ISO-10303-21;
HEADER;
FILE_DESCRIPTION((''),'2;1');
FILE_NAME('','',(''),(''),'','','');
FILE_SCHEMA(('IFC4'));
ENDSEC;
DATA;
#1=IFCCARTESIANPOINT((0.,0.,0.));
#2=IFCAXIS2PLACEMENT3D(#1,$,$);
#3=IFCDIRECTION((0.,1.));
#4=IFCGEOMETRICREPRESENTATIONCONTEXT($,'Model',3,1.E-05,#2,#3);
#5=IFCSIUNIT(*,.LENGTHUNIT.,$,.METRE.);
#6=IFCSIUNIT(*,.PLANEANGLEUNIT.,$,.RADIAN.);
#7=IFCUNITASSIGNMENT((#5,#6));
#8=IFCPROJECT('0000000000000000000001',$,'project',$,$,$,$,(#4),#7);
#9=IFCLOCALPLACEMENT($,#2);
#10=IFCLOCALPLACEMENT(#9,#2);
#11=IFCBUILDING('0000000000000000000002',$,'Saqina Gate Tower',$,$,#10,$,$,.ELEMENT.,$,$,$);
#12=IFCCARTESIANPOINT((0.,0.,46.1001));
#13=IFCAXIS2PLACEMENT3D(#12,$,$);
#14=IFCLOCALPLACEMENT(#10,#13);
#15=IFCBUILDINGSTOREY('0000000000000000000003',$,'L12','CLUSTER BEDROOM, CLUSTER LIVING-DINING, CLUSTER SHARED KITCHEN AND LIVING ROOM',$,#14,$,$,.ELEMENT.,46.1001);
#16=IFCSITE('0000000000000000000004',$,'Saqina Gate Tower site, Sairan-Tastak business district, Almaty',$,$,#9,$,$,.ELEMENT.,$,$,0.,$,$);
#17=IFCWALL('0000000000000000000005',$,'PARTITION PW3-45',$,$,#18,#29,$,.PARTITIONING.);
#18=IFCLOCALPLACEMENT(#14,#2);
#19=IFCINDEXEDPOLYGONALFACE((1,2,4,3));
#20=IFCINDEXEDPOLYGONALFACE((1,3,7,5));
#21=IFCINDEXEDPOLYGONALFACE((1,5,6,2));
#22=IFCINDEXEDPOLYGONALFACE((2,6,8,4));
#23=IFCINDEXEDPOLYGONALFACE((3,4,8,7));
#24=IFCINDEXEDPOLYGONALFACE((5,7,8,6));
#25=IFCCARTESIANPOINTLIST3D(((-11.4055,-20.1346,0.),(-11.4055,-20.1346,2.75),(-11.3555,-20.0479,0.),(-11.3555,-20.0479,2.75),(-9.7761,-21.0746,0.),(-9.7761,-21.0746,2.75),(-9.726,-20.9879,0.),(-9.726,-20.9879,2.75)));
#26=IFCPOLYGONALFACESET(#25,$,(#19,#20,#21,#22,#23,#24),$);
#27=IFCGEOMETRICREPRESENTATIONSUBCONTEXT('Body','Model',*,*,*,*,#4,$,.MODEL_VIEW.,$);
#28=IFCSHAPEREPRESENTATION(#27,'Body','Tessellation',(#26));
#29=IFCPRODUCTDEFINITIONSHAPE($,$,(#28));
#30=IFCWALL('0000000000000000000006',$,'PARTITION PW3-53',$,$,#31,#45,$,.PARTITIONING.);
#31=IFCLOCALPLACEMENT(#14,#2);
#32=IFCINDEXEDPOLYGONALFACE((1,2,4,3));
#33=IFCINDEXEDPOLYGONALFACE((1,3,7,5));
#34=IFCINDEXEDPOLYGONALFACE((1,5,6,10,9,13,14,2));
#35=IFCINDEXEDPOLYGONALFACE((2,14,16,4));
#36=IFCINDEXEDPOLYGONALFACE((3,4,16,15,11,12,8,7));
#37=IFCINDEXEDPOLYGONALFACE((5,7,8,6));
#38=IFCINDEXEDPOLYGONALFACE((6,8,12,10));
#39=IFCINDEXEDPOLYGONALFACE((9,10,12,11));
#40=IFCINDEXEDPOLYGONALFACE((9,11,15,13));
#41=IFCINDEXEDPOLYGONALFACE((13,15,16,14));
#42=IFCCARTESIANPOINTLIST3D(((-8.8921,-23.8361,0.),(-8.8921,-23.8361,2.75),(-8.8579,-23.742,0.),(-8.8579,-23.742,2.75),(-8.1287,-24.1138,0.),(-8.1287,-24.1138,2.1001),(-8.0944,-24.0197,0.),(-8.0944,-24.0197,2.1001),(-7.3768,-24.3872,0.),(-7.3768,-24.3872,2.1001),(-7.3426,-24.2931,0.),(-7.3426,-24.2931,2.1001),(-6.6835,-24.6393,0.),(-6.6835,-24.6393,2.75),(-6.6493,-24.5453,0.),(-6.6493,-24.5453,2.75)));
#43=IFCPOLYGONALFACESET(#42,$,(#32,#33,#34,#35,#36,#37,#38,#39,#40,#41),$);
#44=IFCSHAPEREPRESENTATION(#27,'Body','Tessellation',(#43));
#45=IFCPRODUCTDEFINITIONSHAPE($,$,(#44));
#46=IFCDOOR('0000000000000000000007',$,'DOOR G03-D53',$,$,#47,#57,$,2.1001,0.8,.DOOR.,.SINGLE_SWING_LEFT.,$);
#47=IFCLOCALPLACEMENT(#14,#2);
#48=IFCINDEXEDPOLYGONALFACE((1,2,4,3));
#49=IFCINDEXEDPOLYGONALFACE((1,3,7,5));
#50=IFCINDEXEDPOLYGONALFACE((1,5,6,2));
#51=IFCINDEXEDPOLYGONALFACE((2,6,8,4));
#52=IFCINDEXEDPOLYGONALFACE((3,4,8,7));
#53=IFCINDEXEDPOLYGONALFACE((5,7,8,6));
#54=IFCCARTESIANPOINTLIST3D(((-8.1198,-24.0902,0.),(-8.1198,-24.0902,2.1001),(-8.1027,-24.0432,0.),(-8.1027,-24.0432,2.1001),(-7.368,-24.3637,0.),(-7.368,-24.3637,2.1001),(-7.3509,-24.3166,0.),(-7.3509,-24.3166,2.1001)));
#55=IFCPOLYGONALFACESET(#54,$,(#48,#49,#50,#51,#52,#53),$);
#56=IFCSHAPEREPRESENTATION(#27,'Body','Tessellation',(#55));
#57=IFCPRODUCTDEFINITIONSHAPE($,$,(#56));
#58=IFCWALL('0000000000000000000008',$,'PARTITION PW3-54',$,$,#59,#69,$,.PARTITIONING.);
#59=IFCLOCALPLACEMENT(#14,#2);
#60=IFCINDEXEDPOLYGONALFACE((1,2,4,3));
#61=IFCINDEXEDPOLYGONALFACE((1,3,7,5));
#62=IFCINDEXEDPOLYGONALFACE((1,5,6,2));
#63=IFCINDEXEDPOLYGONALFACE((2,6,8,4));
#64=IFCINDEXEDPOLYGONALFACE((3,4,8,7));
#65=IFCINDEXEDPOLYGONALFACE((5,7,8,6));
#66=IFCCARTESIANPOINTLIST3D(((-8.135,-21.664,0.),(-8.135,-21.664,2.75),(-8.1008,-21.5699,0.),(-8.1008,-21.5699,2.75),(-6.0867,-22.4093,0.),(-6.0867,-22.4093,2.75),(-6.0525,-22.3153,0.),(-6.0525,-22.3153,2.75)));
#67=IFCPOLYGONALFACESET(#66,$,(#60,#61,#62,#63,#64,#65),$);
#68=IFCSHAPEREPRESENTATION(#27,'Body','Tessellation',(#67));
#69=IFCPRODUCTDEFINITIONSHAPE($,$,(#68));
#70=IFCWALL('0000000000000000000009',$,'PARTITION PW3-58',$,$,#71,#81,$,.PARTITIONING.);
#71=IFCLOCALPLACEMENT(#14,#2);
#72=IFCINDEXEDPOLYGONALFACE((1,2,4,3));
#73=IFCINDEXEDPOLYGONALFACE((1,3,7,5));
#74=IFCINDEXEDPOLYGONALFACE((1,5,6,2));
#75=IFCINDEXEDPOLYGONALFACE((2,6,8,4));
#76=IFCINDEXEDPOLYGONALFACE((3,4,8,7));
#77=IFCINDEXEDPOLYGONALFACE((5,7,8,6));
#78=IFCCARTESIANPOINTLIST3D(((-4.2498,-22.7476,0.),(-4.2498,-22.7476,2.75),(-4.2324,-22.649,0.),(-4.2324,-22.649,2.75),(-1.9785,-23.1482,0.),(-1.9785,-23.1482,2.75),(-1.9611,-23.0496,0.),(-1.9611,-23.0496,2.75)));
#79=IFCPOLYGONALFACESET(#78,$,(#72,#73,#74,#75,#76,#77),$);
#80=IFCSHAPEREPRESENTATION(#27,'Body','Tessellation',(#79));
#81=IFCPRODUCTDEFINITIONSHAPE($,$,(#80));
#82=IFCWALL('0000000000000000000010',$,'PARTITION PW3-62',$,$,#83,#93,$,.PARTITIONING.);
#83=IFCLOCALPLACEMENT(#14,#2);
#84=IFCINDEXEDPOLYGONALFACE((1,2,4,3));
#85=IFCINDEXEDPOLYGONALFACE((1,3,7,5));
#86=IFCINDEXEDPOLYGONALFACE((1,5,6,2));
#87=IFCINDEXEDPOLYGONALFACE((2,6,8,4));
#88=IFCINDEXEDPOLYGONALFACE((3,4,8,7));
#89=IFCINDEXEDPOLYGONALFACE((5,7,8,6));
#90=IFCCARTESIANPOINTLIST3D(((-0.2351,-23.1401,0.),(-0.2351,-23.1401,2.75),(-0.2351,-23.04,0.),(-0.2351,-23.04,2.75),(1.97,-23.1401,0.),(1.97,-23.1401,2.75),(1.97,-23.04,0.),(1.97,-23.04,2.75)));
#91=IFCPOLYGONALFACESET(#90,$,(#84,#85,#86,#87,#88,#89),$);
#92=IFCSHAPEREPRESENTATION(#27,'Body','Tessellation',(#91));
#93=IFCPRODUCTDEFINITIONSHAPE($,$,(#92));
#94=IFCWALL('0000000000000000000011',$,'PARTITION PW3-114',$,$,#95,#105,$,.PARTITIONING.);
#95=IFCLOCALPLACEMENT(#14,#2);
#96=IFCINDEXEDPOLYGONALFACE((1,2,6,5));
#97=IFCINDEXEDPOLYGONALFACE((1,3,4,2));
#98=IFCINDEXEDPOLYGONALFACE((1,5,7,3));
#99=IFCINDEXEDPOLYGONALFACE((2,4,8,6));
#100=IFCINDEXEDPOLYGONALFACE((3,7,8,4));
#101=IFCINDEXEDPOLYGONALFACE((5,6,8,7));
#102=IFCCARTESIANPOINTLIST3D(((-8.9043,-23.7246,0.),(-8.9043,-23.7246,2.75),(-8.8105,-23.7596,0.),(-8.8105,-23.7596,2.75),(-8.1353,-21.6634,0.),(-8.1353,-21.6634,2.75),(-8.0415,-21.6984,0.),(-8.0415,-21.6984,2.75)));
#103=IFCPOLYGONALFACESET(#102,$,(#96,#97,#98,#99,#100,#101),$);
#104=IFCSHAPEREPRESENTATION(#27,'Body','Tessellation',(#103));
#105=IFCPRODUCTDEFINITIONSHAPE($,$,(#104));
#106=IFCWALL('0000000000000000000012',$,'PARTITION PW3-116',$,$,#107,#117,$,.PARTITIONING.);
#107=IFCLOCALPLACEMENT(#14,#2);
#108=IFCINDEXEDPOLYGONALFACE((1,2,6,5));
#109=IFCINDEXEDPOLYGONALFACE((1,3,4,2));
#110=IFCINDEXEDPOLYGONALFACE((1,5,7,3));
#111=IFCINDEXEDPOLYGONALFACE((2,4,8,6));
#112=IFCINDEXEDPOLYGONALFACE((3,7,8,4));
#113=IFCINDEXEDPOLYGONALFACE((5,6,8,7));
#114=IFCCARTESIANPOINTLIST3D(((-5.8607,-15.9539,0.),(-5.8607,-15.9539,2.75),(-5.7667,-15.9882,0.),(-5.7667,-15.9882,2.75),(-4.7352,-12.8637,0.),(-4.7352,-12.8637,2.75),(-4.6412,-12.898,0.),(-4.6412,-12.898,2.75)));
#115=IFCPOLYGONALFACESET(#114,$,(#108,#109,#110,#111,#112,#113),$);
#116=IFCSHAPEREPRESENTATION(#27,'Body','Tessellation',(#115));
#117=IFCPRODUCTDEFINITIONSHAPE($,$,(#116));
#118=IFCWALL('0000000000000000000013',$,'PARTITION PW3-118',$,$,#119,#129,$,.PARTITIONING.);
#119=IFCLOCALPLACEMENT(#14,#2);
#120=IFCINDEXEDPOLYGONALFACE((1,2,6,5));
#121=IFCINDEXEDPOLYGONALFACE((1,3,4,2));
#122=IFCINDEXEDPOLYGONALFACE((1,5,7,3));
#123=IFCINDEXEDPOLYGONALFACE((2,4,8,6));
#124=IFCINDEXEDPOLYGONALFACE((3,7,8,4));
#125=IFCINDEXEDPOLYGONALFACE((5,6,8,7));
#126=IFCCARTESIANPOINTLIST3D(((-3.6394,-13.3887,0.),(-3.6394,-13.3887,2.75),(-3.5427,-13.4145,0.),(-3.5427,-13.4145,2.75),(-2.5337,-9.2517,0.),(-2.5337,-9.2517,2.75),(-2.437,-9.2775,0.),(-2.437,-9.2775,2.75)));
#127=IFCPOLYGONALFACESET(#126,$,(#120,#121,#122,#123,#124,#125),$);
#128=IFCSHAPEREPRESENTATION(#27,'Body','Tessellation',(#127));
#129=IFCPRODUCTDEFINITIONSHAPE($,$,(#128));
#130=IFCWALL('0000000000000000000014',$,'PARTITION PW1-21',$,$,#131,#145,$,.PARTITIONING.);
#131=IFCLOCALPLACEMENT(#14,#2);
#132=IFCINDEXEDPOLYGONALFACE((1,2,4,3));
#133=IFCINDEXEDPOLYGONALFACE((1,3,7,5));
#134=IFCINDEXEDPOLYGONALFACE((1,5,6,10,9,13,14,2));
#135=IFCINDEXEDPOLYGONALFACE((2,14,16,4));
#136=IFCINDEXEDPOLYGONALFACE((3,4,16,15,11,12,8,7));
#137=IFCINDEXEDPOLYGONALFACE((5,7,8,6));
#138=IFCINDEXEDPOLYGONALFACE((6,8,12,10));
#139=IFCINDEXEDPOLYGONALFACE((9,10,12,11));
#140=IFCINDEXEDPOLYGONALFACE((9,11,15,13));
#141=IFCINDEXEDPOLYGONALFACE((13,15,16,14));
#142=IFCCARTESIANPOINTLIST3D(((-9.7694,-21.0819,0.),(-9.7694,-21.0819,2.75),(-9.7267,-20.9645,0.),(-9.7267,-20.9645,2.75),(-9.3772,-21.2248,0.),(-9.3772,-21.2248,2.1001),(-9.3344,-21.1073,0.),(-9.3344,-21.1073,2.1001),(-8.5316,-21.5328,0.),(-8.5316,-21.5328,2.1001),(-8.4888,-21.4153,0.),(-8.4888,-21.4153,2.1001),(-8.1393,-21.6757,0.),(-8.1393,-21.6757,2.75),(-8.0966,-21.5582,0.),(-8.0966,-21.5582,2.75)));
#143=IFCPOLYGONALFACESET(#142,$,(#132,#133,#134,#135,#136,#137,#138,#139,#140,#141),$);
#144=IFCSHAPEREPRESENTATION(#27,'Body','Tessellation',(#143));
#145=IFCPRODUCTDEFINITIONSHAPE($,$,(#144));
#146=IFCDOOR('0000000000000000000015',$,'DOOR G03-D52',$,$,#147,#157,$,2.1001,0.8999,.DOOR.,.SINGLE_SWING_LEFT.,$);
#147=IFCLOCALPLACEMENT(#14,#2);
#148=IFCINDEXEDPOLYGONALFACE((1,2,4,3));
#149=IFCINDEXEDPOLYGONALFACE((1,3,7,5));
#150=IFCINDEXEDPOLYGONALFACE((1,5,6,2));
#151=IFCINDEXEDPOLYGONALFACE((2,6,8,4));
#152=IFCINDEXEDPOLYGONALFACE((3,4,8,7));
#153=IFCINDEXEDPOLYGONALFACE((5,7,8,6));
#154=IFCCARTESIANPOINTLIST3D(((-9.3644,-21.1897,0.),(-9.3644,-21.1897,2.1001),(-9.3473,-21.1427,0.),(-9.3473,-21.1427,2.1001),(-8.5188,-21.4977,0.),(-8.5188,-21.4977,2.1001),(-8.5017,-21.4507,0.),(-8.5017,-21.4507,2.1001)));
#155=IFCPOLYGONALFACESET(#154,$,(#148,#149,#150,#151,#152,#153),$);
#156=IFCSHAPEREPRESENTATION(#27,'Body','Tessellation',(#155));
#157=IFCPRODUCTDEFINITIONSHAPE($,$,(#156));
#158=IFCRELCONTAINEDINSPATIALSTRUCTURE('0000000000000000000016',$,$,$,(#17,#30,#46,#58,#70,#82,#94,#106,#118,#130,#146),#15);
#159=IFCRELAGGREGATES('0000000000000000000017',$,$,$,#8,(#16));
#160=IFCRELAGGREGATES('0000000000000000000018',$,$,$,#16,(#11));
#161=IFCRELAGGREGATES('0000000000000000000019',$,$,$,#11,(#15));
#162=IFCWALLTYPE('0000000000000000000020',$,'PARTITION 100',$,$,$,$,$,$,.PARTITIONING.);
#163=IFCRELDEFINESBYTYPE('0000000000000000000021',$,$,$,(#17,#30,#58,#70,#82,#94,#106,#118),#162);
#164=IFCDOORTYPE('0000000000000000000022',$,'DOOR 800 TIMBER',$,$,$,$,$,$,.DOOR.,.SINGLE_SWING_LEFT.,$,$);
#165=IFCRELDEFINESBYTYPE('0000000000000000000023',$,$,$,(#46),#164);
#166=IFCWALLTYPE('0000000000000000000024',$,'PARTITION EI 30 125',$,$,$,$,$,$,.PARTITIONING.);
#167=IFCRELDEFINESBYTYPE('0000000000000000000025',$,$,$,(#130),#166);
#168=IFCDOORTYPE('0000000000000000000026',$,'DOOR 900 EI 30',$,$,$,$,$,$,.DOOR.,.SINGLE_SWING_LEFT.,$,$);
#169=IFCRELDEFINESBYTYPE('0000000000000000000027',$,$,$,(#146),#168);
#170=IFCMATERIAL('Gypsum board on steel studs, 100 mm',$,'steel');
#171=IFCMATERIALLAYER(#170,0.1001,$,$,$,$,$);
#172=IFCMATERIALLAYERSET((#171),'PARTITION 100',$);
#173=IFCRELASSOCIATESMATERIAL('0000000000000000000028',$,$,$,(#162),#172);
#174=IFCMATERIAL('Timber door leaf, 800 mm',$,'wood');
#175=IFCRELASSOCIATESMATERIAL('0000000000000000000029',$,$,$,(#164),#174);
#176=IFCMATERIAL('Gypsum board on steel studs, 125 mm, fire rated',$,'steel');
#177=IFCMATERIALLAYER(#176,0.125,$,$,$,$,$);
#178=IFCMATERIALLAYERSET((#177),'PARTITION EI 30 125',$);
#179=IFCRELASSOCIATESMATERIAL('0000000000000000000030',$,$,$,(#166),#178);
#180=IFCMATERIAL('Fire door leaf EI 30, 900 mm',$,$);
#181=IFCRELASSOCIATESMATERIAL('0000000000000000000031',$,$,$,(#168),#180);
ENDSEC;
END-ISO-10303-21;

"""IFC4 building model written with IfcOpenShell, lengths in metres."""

from ifc_helpers import new_model, si_unit, direction, frame, frame_2d, origin, place, context, subcontext, project, spatial, rectangle, extrude, material, layer, layer_set, type_object, element, fill, save


model = new_model("IFC4")

# Units and contexts
model_context = context("Model", 3, precision=1e-05, world=origin(), true_north=direction((0.0, 1.0)))
body_context = subcontext(model_context, "Body", "Model", "MODEL_VIEW")
ifc_project = project(units=[si_unit("LENGTHUNIT", "METRE"), si_unit("PLANEANGLEUNIT", "RADIAN")], contexts=[model_context])

# Site, building, storey
site_placement = place(None, origin())
site = spatial("IfcSite", under=ifc_project, at=site_placement, Name="Saqina Gate Tower site, Sairan-Tastak business district, Almaty", CompositionType="ELEMENT", RefElevation=0.0)
building_placement = place(site_placement, origin())
building = spatial("IfcBuilding", under=site, at=building_placement, Name="Saqina Gate Tower", CompositionType="ELEMENT")
storey_placement = place(building_placement, frame((0.0, 0.0, 46.1001)))
storey = spatial("IfcBuildingStorey", under=building, at=storey_placement, Name="L12", Description="CLUSTER BEDROOM, CLUSTER LIVING-DINING, CLUSTER SHARED KITCHEN AND LIVING ROOM", CompositionType="ELEMENT", Elevation=46.1001)

# Wall
ifc_material_1 = material(Name="Gypsum board on steel studs, 100 mm", Category="steel")
ifc_layer_1 = layer(ifc_material_1, 0.1001)
ifc_layer_set_1 = layer_set([ifc_layer_1], Name="PARTITION 100")
wall_type_1 = type_object("IfcWallType", Name="PARTITION 100", PredefinedType="PARTITIONING", material=ifc_layer_set_1)
wall_1_placement = place(storey_placement, frame((-11.3804, -20.0913, 0.0), z_axis=(0.0, 0.0, 1.0), x_axis=(0.866207, -0.499685, 0.0)))
element("IfcWall", 1, at=wall_1_placement, inside=storey, type_object=wall_type_1, Name="PARTITION PW3-45", PredefinedType="PARTITIONING", context=body_context, shape_type="SweptSolid", body=[
    extrude(rectangle(XDim=1.8811, YDim=0.1001, at=frame_2d((0.9404, 0.0))), origin(), (0.0, 0.0, 1.0), 2.75),
])

# Wall, opening, door
wall_2_placement = place(storey_placement, frame((-8.875, -23.7891, 0.0), z_axis=(0.0, 0.0, 1.0), x_axis=(0.939775, -0.341793, 0.0)))
wall_2 = element("IfcWall", 2, at=wall_2_placement, inside=storey, type_object=wall_type_1, Name="PARTITION PW3-53", PredefinedType="PARTITIONING", context=body_context, shape_type="SweptSolid", body=[
    extrude(rectangle(XDim=2.3501, YDim=0.1001, at=frame_2d((1.175, 0.0))), origin(), (0.0, 0.0, 1.0), 2.75),
])
opening_1_placement = place(wall_2_placement, frame((0.8125, 0.0, 0.0)))
opening_1 = element("IfcOpeningElement", 3, at=opening_1_placement, cuts=wall_2, PredefinedType="OPENING", context=body_context, shape_type="SweptSolid", body=[
    extrude(rectangle(XDim=0.8, YDim=2.1001, at=frame_2d((0.3999, 1.05))), frame((0.0, 0.062, 0.0), z_axis=(0.0, -1.0, 0.0), x_axis=(1.0, 0.0, 0.0)), (0.0, 0.0, 1.0), 0.124),
])
ifc_material_2 = material(Name="Timber door leaf, 800 mm", Category="wood")
door_type_1 = type_object("IfcDoorType", Name="DOOR 800 TIMBER", OperationType="SINGLE_SWING_LEFT", PredefinedType="DOOR", material=ifc_material_2)
door_1_placement = place(opening_1_placement, frame((0.8, 0.0, 0.0), z_axis=(0.0, 0.0, 1.0), x_axis=(-1.0, 0.0, 0.0)))
door_1 = element("IfcDoor", 4, at=door_1_placement, inside=storey, type_object=door_type_1, Name="DOOR G03-D53", OperationType="SINGLE_SWING_LEFT", OverallHeight=2.1001, OverallWidth=0.8, PredefinedType="DOOR", context=body_context, shape_type="SweptSolid", body=[
    extrude(rectangle(XDim=0.8, YDim=2.1001, at=frame_2d((0.3999, 1.05))), frame((0.0, 0.0249, 0.0), z_axis=(0.0, -1.0, 0.0), x_axis=(1.0, 0.0, 0.0)), (0.0, 0.0, 1.0), 0.05),
])
fill(opening_1, door_1)

# Walls
wall_3_placement = place(storey_placement, frame((-8.1179, -21.6169, 0.0), z_axis=(0.0, 0.0, 1.0), x_axis=(0.939718, -0.34195, 0.0)))
element("IfcWall", 5, at=wall_3_placement, inside=storey, type_object=wall_type_1, Name="PARTITION PW3-54", PredefinedType="PARTITIONING", context=body_context, shape_type="SweptSolid", body=[
    extrude(rectangle(XDim=2.1797, YDim=0.1001, at=frame_2d((1.0898, 0.0))), origin(), (0.0, 0.0, 1.0), 2.75),
])
wall_4_placement = place(storey_placement, frame((-4.2412, -22.6982, 0.0), z_axis=(0.0, 0.0, 1.0), x_axis=(0.984796, -0.173713, 0.0)))
element("IfcWall", 6, at=wall_4_placement, inside=storey, type_object=wall_type_1, Name="PARTITION PW3-58", PredefinedType="PARTITIONING", context=body_context, shape_type="SweptSolid", body=[
    extrude(rectangle(XDim=2.3064, YDim=0.1001, at=frame_2d((1.1533, 0.0))), origin(), (0.0, 0.0, 1.0), 2.75),
])
wall_5_placement = place(storey_placement, frame((-0.2351, -23.0901, 0.0), z_axis=(0.0, 0.0, 1.0), x_axis=(1.0, 0.0, 0.0)))
element("IfcWall", 7, at=wall_5_placement, inside=storey, type_object=wall_type_1, Name="PARTITION PW3-62", PredefinedType="PARTITIONING", context=body_context, shape_type="SweptSolid", body=[
    extrude(rectangle(XDim=2.2051, YDim=0.1001, at=frame_2d((1.1025, 0.0))), origin(), (0.0, 0.0, 1.0), 2.75),
])
wall_6_placement = place(storey_placement, frame((-8.8574, -23.7422, 0.0), z_axis=(0.0, 0.0, 1.0), x_axis=(0.349554, 0.936916, 0.0)))
element("IfcWall", 8, at=wall_6_placement, inside=storey, type_object=wall_type_1, Name="PARTITION PW3-114", PredefinedType="PARTITIONING", context=body_context, shape_type="SweptSolid", body=[
    extrude(rectangle(XDim=2.2, YDim=0.1001, at=frame_2d((1.1001, 0.0))), origin(), (0.0, 0.0, 1.0), 2.75),
])
wall_7_placement = place(storey_placement, frame((-5.8137, -15.9712, 0.0), z_axis=(0.0, 0.0, 1.0), x_axis=(0.342208, 0.939624, 0.0)))
element("IfcWall", 9, at=wall_7_placement, inside=storey, type_object=wall_type_1, Name="PARTITION PW3-116", PredefinedType="PARTITIONING", context=body_context, shape_type="SweptSolid", body=[
    extrude(rectangle(XDim=3.2888, YDim=0.1001, at=frame_2d((1.6445, 0.0))), origin(), (0.0, 0.0, 1.0), 2.75),
])
wall_8_placement = place(storey_placement, frame((-3.5911, -13.4016, 0.0), z_axis=(0.0, 0.0, 1.0), x_axis=(0.258213, 0.966088, 0.0)))
element("IfcWall", 10, at=wall_8_placement, inside=storey, type_object=wall_type_1, Name="PARTITION PW3-118", PredefinedType="PARTITIONING", context=body_context, shape_type="SweptSolid", body=[
    extrude(rectangle(XDim=4.2822, YDim=0.1001, at=frame_2d((2.1411, 0.0))), origin(), (0.0, 0.0, 1.0), 2.75),
])

# Wall, opening, door
ifc_material_3 = material(Name="Gypsum board on steel studs, 125 mm, fire rated", Category="steel")
ifc_layer_2 = layer(ifc_material_3, 0.125)
ifc_layer_set_2 = layer_set([ifc_layer_2], Name="PARTITION EI 30 125")
wall_type_2 = type_object("IfcWallType", Name="PARTITION EI 30 125", PredefinedType="PARTITIONING", material=ifc_layer_set_2)
wall_9_placement = place(storey_placement, frame((-9.748, -21.0232, 0.0), z_axis=(0.0, 0.0, 1.0), x_axis=(0.939613, -0.34224, 0.0)))
wall_9 = element("IfcWall", 11, at=wall_9_placement, inside=storey, type_object=wall_type_2, Name="PARTITION PW1-21", PredefinedType="PARTITIONING", context=body_context, shape_type="SweptSolid", body=[
    extrude(rectangle(XDim=1.7349, YDim=0.125, at=frame_2d((0.8674, 0.0))), origin(), (0.0, 0.0, 1.0), 2.75),
])
opening_2_placement = place(wall_9_placement, frame((0.4175, 0.0, 0.0)))
opening_2 = element("IfcOpeningElement", 12, at=opening_2_placement, cuts=wall_9, PredefinedType="OPENING", context=body_context, shape_type="SweptSolid", body=[
    extrude(rectangle(XDim=0.8999, YDim=2.1001, at=frame_2d((0.45, 1.05))), frame((0.0, 0.0745, 0.0), z_axis=(0.0, -1.0, 0.0), x_axis=(1.0, 0.0, 0.0)), (0.0, 0.0, 1.0), 0.1489),
])
ifc_material_4 = material(Name="Fire door leaf EI 30, 900 mm")
door_type_2 = type_object("IfcDoorType", Name="DOOR 900 EI 30", OperationType="SINGLE_SWING_LEFT", PredefinedType="DOOR", material=ifc_material_4)
door_2_placement = place(opening_2_placement, origin())
door_2 = element("IfcDoor", 13, at=door_2_placement, inside=storey, type_object=door_type_2, Name="DOOR G03-D52", OperationType="SINGLE_SWING_LEFT", OverallHeight=2.1001, OverallWidth=0.8999, PredefinedType="DOOR", context=body_context, shape_type="SweptSolid", body=[
    extrude(rectangle(XDim=0.8999, YDim=2.1001, at=frame_2d((0.45, 1.05))), frame((0.0, 0.0249, 0.0), z_axis=(0.0, -1.0, 0.0), x_axis=(1.0, 0.0, 0.0)), (0.0, 0.0, 1.0), 0.05),
])
fill(opening_2, door_2)

save(model, "model.ifc")
